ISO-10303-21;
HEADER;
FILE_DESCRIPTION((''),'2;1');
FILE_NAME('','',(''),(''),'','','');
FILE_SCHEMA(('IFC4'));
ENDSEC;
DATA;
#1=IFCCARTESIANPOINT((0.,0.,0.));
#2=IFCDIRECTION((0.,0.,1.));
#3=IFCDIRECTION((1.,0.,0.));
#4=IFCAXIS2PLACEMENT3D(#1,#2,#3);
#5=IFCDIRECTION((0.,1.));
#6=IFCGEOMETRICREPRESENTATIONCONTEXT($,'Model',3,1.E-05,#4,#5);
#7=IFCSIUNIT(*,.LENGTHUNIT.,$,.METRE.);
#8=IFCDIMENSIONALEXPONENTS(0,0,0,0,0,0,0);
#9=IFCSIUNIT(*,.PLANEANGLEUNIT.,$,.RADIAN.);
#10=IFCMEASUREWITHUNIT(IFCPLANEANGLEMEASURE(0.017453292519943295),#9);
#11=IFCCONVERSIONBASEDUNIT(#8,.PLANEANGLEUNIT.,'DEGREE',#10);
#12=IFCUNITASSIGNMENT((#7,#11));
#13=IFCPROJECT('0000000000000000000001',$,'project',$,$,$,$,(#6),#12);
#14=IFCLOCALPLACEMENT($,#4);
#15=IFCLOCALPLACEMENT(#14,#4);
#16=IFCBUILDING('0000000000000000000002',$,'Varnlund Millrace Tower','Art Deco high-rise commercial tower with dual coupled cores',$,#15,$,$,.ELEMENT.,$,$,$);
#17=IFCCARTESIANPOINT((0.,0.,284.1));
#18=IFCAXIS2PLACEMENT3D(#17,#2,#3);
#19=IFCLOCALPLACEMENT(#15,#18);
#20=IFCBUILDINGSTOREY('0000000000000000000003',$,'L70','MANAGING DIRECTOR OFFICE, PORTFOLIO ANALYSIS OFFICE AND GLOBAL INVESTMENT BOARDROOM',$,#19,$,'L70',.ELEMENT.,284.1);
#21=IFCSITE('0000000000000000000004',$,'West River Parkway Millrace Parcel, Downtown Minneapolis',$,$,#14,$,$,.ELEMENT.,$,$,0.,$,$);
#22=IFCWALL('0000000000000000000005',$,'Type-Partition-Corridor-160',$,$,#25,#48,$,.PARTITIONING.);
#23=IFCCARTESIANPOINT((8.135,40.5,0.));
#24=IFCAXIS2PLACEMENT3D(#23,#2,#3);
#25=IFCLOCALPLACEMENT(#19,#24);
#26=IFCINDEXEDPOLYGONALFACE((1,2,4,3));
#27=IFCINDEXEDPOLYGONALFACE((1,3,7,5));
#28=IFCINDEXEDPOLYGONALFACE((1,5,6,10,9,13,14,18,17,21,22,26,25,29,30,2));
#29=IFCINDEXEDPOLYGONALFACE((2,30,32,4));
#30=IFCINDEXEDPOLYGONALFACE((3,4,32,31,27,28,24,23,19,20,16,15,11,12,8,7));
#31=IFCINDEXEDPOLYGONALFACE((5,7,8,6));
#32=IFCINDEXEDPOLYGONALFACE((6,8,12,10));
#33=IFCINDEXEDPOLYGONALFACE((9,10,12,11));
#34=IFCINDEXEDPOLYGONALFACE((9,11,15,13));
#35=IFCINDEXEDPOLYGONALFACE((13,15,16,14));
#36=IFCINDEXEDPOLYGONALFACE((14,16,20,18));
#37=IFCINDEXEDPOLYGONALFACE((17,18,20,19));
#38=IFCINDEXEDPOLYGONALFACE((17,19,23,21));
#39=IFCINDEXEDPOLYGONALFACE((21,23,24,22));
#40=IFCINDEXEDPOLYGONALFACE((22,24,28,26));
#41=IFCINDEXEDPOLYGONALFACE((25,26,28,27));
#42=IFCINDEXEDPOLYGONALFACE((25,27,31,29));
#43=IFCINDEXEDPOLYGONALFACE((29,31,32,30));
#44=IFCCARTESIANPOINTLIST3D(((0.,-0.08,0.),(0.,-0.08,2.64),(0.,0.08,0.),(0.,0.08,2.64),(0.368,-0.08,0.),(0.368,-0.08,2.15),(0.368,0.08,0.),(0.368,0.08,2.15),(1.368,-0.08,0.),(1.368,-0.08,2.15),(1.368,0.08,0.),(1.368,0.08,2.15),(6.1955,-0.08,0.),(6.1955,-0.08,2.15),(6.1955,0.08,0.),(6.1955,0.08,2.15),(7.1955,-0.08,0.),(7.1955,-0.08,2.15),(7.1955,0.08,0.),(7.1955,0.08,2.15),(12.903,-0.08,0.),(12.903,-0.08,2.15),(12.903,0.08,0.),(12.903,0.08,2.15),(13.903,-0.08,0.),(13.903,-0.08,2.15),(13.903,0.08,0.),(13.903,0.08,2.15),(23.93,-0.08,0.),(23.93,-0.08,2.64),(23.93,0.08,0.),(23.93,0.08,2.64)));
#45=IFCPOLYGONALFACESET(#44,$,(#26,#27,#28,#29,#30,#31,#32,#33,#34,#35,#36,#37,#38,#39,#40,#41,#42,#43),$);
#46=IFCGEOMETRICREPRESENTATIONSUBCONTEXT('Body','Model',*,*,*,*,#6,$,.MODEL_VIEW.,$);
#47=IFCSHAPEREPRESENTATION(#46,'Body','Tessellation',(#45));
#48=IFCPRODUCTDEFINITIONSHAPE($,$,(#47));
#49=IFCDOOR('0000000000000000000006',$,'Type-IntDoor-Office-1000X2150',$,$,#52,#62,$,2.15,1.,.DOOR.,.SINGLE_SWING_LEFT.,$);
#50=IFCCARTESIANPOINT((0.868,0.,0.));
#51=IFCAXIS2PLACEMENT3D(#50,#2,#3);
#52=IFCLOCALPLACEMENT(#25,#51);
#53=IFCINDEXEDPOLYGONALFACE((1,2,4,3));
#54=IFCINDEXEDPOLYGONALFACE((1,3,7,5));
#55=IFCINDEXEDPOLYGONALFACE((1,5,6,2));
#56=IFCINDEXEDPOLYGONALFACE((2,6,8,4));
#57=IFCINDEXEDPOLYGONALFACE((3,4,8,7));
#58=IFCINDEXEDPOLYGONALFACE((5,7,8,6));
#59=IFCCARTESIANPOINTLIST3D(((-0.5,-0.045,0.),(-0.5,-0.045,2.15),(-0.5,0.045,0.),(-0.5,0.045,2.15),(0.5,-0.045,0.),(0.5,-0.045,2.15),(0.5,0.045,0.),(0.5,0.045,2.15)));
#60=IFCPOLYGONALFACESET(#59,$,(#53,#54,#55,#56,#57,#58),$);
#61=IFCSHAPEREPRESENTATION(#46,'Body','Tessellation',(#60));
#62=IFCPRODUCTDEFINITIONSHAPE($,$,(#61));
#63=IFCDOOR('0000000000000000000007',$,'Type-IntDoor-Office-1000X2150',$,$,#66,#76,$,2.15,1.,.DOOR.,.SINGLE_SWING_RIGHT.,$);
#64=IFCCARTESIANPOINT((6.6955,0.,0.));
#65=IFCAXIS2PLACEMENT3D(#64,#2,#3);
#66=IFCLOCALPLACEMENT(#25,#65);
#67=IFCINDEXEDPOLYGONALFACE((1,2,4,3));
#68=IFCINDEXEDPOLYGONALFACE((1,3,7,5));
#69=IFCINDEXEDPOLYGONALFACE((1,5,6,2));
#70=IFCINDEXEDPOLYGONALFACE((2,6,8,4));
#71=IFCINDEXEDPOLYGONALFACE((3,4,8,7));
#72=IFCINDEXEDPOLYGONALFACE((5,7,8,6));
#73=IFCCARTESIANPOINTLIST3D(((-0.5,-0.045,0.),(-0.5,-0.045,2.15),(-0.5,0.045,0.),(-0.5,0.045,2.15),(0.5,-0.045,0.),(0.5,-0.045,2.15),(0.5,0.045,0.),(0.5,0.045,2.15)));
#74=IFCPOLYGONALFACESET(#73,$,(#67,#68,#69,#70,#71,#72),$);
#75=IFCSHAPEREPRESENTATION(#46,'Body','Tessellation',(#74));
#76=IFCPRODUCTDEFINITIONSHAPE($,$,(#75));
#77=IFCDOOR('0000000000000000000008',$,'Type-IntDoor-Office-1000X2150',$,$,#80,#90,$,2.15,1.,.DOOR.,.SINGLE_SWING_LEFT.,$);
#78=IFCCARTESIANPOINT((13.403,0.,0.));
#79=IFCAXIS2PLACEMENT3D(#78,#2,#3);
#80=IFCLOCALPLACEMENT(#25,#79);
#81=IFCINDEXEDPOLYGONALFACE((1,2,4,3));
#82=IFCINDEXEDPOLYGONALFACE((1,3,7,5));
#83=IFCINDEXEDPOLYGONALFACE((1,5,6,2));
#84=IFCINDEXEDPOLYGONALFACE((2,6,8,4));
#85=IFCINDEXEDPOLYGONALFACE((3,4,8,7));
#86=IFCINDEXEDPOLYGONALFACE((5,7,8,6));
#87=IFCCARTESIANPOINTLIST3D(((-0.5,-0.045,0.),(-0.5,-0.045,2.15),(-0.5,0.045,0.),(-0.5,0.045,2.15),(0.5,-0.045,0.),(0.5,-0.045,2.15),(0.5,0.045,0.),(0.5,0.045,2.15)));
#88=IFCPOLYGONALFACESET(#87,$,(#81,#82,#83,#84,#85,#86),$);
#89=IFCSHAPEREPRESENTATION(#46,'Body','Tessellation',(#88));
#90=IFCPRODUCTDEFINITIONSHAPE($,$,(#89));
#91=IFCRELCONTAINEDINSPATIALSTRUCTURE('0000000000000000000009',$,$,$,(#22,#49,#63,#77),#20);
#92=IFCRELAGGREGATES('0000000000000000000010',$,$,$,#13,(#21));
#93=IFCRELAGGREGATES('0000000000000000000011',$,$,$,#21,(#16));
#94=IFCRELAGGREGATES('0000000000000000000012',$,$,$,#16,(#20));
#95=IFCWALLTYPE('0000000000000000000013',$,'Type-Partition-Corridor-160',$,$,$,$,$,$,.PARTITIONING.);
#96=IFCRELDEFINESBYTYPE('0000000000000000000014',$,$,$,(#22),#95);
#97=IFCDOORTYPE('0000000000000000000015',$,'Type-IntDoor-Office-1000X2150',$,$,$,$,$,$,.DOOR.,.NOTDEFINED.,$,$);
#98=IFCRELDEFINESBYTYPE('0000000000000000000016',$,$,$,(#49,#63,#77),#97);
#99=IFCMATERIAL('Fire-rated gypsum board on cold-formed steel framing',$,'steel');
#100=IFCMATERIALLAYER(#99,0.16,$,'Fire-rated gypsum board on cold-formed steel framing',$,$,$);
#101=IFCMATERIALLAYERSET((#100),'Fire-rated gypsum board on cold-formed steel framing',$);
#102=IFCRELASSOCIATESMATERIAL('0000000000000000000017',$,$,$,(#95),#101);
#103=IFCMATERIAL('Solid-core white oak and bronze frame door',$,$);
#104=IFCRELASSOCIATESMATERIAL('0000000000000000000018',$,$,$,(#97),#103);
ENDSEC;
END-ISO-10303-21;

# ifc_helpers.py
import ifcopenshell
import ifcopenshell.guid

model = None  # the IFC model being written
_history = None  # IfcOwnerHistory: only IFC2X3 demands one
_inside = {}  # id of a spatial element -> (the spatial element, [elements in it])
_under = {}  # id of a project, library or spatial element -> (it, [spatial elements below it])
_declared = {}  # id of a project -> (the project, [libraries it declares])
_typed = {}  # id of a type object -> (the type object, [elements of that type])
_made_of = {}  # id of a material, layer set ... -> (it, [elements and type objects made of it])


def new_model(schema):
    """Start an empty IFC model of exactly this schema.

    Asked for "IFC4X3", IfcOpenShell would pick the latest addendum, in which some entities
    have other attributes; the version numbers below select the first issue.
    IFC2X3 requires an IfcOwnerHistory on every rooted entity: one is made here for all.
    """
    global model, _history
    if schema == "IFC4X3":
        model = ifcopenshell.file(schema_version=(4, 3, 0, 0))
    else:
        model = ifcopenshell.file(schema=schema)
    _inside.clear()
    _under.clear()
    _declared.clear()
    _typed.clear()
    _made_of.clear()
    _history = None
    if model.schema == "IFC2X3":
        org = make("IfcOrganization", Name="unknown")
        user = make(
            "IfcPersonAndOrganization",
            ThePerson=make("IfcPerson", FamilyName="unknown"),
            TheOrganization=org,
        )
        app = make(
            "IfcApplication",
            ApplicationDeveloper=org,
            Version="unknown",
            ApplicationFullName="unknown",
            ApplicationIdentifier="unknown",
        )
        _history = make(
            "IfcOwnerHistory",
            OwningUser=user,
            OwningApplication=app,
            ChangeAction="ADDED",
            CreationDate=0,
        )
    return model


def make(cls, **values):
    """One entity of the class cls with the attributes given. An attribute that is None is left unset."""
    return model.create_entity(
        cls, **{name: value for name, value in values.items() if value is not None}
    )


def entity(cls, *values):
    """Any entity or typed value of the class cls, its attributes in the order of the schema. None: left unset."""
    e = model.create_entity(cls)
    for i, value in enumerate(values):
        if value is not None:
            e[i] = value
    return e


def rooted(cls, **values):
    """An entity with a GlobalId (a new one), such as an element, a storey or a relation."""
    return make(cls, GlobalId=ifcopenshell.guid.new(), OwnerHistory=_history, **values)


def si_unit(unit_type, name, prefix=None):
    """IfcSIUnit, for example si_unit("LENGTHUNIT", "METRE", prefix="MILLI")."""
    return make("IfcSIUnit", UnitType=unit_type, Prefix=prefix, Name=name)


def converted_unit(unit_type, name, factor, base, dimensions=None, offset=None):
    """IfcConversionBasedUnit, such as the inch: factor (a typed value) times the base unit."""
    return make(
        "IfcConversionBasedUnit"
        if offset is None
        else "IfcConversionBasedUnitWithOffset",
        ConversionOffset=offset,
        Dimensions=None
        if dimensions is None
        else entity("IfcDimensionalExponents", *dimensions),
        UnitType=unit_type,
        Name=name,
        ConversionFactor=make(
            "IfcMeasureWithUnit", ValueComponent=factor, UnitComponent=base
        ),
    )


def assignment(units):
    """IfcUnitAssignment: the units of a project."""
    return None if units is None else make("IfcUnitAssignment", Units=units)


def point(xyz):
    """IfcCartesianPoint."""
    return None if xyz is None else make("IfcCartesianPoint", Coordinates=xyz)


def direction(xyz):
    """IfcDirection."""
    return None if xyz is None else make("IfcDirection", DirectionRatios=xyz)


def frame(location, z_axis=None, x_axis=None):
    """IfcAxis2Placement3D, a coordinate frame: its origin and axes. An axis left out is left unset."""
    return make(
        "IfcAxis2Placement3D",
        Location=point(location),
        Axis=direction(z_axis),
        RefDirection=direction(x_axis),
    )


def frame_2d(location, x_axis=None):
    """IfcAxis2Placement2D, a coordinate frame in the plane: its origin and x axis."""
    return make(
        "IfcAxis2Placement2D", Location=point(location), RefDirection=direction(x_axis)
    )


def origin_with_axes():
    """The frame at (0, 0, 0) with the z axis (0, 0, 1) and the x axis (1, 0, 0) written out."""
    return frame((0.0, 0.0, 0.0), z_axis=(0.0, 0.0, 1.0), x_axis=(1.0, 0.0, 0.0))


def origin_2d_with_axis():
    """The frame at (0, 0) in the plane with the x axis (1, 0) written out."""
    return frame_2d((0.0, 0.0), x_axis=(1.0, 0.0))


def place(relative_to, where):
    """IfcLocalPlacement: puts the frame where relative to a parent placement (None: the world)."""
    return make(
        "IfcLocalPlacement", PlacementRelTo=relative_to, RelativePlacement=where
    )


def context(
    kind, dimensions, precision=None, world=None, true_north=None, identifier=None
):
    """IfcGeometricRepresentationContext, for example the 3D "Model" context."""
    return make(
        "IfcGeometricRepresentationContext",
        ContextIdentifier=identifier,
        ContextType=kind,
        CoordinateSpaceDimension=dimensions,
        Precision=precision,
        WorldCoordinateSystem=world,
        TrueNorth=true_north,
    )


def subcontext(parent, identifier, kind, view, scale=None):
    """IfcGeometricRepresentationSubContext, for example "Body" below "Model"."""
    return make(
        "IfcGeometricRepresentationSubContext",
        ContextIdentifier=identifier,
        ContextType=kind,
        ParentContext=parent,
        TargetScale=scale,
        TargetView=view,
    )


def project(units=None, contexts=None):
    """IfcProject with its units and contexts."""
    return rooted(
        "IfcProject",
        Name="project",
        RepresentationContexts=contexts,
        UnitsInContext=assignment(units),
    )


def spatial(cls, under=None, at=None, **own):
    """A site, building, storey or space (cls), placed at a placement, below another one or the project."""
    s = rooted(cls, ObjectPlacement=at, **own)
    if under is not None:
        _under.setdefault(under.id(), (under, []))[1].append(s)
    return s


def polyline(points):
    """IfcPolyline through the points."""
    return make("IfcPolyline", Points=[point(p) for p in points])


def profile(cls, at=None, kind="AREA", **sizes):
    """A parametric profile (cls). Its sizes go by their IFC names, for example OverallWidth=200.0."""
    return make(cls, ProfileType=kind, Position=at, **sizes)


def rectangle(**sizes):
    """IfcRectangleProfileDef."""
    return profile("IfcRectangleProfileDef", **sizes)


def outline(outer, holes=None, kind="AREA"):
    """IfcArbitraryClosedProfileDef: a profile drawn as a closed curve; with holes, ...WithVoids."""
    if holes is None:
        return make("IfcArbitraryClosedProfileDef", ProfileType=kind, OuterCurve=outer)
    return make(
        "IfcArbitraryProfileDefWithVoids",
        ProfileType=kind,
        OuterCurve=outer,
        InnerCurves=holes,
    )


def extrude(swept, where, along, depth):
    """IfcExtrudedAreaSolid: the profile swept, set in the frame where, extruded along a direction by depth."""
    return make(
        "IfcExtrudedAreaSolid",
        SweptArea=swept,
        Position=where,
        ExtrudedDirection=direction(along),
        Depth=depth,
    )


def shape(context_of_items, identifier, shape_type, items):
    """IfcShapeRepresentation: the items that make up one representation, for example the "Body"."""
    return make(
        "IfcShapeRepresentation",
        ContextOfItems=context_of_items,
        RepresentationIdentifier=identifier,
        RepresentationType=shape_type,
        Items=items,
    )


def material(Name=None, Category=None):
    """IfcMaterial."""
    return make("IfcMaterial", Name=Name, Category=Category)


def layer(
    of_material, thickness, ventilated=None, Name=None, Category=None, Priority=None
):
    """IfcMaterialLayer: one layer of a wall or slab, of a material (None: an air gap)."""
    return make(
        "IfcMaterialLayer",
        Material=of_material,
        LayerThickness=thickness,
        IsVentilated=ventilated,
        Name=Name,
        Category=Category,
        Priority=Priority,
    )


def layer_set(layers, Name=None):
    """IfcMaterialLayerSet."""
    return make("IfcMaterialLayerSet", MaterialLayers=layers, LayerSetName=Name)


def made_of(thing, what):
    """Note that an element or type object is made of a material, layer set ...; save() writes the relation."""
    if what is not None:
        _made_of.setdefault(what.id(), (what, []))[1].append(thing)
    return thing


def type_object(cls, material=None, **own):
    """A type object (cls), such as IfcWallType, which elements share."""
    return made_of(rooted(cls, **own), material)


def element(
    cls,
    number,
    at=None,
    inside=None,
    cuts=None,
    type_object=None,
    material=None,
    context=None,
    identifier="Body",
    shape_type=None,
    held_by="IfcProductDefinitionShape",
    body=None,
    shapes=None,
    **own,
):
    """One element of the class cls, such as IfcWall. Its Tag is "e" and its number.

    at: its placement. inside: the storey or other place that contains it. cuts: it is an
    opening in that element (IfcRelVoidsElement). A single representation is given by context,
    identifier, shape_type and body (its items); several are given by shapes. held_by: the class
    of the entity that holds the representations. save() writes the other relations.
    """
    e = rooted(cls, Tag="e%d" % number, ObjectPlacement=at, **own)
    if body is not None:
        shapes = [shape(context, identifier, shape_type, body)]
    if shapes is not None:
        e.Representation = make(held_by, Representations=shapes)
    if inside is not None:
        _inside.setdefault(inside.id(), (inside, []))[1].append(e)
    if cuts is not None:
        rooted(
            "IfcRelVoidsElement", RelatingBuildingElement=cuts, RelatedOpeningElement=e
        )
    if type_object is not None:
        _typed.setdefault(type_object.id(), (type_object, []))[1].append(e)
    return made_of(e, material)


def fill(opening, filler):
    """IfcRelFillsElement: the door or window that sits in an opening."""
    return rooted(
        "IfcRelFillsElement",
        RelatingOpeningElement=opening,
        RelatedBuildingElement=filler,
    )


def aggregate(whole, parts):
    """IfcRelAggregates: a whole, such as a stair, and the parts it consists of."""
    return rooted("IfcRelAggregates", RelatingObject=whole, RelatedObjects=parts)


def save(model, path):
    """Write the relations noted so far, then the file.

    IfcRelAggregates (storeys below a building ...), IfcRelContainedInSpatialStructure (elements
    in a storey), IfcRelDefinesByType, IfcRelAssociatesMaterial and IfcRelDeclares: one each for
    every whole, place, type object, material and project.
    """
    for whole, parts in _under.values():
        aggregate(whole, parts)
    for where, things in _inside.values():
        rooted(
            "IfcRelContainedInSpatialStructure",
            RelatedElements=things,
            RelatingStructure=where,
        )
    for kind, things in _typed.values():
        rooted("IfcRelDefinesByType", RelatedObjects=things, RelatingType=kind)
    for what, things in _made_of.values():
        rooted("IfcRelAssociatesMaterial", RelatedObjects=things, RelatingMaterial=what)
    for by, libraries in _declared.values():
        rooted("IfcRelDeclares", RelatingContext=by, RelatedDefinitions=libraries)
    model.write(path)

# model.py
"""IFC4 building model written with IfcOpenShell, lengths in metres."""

from ifc_helpers import new_model, entity, si_unit, converted_unit, direction, frame, origin_with_axes, origin_2d_with_axis, place, context, subcontext, project, spatial, polyline, rectangle, outline, extrude, material, layer, layer_set, type_object, element, fill, save


model = new_model("IFC4")

# Units and contexts
model_context = context("Model", 3, precision=1e-05, world=origin_with_axes(), true_north=direction((0.0, 1.0)))
body_context = subcontext(model_context, "Body", "Model", "MODEL_VIEW")
ifc_project = project(units=[si_unit("LENGTHUNIT", "METRE"), converted_unit("PLANEANGLEUNIT", "DEGREE", entity("IfcPlaneAngleMeasure", 0.017453292519943295), si_unit("PLANEANGLEUNIT", "RADIAN"), dimensions=[0, 0, 0, 0, 0, 0, 0])], contexts=[model_context])

# Site, building, storey
site_placement = place(None, origin_with_axes())
site = spatial("IfcSite", under=ifc_project, at=site_placement, Name="West River Parkway Millrace Parcel, Downtown Minneapolis", CompositionType="ELEMENT", RefElevation=0.0)
building_placement = place(site_placement, origin_with_axes())
building = spatial("IfcBuilding", under=site, at=building_placement, Name="Varnlund Millrace Tower", Description="Art Deco high-rise commercial tower with dual coupled cores", CompositionType="ELEMENT")
storey_placement = place(building_placement, frame((0.0, 0.0, 284.1), z_axis=(0.0, 0.0, 1.0), x_axis=(1.0, 0.0, 0.0)))
storey = spatial("IfcBuildingStorey", under=building, at=storey_placement, Name="L70", Description="MANAGING DIRECTOR OFFICE, PORTFOLIO ANALYSIS OFFICE AND GLOBAL INVESTMENT BOARDROOM", LongName="L70", CompositionType="ELEMENT", Elevation=284.1)

# Shared definitions
ifc_material_1 = material(Name="Fire-rated gypsum board on cold-formed steel framing", Category="steel")
ifc_layer_1 = layer(ifc_material_1, 0.16, Name="Fire-rated gypsum board on cold-formed steel framing")
ifc_layer_set_1 = layer_set([ifc_layer_1], Name="Fire-rated gypsum board on cold-formed steel framing")
wall_type_1 = type_object("IfcWallType", Name="Type-Partition-Corridor-160", PredefinedType="PARTITIONING", material=ifc_layer_set_1)

# Wall, openings, doors
wall_1_placement = place(storey_placement, frame((8.135, 40.5, 0.0), z_axis=(0.0, 0.0, 1.0), x_axis=(1.0, 0.0, 0.0)))
wall_1 = element("IfcWall", 1, at=wall_1_placement, inside=storey, type_object=wall_type_1, Name="Type-Partition-Corridor-160", PredefinedType="PARTITIONING", context=body_context, shape_type="SweptSolid", body=[
    extrude(outline(polyline([(0.0, -0.08), (23.93, -0.08), (23.93, 0.08), (0.0, 0.08), (0.0, -0.08)])), origin_with_axes(), (0.0, 0.0, 1.0), 2.64),
])
opening_1_placement = place(wall_1_placement, frame((0.868, 0.0, 0.0), z_axis=(0.0, 0.0, 1.0), x_axis=(1.0, 0.0, 0.0)))
opening_1 = element("IfcOpeningElement", 2, at=opening_1_placement, cuts=wall_1, PredefinedType="OPENING", context=body_context, shape_type="SweptSolid", body=[
    extrude(rectangle(XDim=1.0, YDim=0.18, at=origin_2d_with_axis()), origin_with_axes(), (0.0, 0.0, 1.0), 2.15),
])
opening_2_placement = place(wall_1_placement, frame((6.6955, 0.0, 0.0), z_axis=(0.0, 0.0, 1.0), x_axis=(1.0, 0.0, 0.0)))
opening_2 = element("IfcOpeningElement", 3, at=opening_2_placement, cuts=wall_1, PredefinedType="OPENING", context=body_context, shape_type="SweptSolid", body=[
    extrude(rectangle(XDim=1.0, YDim=0.18, at=origin_2d_with_axis()), origin_with_axes(), (0.0, 0.0, 1.0), 2.15),
])
opening_3_placement = place(wall_1_placement, frame((13.403, 0.0, 0.0), z_axis=(0.0, 0.0, 1.0), x_axis=(1.0, 0.0, 0.0)))
opening_3 = element("IfcOpeningElement", 4, at=opening_3_placement, cuts=wall_1, PredefinedType="OPENING", context=body_context, shape_type="SweptSolid", body=[
    extrude(rectangle(XDim=1.0, YDim=0.18, at=origin_2d_with_axis()), origin_with_axes(), (0.0, 0.0, 1.0), 2.15),
])
ifc_material_2 = material(Name="Solid-core white oak and bronze frame door")
door_type_1 = type_object("IfcDoorType", Name="Type-IntDoor-Office-1000X2150", OperationType="NOTDEFINED", PredefinedType="DOOR", material=ifc_material_2)
door_1_placement = place(wall_1_placement, frame((0.868, 0.0, 0.0), z_axis=(0.0, 0.0, 1.0), x_axis=(1.0, 0.0, 0.0)))
door_1 = element("IfcDoor", 5, at=door_1_placement, inside=storey, type_object=door_type_1, Name="Type-IntDoor-Office-1000X2150", OperationType="SINGLE_SWING_LEFT", OverallHeight=2.15, OverallWidth=1.0, PredefinedType="DOOR", context=body_context, shape_type="SweptSolid", body=[
    extrude(rectangle(XDim=1.0, YDim=0.09, at=origin_2d_with_axis()), origin_with_axes(), (0.0, 0.0, 1.0), 2.15),
])
fill(opening_1, door_1)
door_2_placement = place(wall_1_placement, frame((6.6955, 0.0, 0.0), z_axis=(0.0, 0.0, 1.0), x_axis=(1.0, 0.0, 0.0)))
door_2 = element("IfcDoor", 6, at=door_2_placement, inside=storey, type_object=door_type_1, Name="Type-IntDoor-Office-1000X2150", OperationType="SINGLE_SWING_RIGHT", OverallHeight=2.15, OverallWidth=1.0, PredefinedType="DOOR", context=body_context, shape_type="SweptSolid", body=[
    extrude(rectangle(XDim=1.0, YDim=0.09, at=origin_2d_with_axis()), origin_with_axes(), (0.0, 0.0, 1.0), 2.15),
])
fill(opening_2, door_2)
door_3_placement = place(wall_1_placement, frame((13.403, 0.0, 0.0), z_axis=(0.0, 0.0, 1.0), x_axis=(1.0, 0.0, 0.0)))
door_3 = element("IfcDoor", 7, at=door_3_placement, inside=storey, type_object=door_type_1, Name="Type-IntDoor-Office-1000X2150", OperationType="SINGLE_SWING_LEFT", OverallHeight=2.15, OverallWidth=1.0, PredefinedType="DOOR", context=body_context, shape_type="SweptSolid", body=[
    extrude(rectangle(XDim=1.0, YDim=0.09, at=origin_2d_with_axis()), origin_with_axes(), (0.0, 0.0, 1.0), 2.15),
])
fill(opening_3, door_3)

save(model, "model.ifc")
